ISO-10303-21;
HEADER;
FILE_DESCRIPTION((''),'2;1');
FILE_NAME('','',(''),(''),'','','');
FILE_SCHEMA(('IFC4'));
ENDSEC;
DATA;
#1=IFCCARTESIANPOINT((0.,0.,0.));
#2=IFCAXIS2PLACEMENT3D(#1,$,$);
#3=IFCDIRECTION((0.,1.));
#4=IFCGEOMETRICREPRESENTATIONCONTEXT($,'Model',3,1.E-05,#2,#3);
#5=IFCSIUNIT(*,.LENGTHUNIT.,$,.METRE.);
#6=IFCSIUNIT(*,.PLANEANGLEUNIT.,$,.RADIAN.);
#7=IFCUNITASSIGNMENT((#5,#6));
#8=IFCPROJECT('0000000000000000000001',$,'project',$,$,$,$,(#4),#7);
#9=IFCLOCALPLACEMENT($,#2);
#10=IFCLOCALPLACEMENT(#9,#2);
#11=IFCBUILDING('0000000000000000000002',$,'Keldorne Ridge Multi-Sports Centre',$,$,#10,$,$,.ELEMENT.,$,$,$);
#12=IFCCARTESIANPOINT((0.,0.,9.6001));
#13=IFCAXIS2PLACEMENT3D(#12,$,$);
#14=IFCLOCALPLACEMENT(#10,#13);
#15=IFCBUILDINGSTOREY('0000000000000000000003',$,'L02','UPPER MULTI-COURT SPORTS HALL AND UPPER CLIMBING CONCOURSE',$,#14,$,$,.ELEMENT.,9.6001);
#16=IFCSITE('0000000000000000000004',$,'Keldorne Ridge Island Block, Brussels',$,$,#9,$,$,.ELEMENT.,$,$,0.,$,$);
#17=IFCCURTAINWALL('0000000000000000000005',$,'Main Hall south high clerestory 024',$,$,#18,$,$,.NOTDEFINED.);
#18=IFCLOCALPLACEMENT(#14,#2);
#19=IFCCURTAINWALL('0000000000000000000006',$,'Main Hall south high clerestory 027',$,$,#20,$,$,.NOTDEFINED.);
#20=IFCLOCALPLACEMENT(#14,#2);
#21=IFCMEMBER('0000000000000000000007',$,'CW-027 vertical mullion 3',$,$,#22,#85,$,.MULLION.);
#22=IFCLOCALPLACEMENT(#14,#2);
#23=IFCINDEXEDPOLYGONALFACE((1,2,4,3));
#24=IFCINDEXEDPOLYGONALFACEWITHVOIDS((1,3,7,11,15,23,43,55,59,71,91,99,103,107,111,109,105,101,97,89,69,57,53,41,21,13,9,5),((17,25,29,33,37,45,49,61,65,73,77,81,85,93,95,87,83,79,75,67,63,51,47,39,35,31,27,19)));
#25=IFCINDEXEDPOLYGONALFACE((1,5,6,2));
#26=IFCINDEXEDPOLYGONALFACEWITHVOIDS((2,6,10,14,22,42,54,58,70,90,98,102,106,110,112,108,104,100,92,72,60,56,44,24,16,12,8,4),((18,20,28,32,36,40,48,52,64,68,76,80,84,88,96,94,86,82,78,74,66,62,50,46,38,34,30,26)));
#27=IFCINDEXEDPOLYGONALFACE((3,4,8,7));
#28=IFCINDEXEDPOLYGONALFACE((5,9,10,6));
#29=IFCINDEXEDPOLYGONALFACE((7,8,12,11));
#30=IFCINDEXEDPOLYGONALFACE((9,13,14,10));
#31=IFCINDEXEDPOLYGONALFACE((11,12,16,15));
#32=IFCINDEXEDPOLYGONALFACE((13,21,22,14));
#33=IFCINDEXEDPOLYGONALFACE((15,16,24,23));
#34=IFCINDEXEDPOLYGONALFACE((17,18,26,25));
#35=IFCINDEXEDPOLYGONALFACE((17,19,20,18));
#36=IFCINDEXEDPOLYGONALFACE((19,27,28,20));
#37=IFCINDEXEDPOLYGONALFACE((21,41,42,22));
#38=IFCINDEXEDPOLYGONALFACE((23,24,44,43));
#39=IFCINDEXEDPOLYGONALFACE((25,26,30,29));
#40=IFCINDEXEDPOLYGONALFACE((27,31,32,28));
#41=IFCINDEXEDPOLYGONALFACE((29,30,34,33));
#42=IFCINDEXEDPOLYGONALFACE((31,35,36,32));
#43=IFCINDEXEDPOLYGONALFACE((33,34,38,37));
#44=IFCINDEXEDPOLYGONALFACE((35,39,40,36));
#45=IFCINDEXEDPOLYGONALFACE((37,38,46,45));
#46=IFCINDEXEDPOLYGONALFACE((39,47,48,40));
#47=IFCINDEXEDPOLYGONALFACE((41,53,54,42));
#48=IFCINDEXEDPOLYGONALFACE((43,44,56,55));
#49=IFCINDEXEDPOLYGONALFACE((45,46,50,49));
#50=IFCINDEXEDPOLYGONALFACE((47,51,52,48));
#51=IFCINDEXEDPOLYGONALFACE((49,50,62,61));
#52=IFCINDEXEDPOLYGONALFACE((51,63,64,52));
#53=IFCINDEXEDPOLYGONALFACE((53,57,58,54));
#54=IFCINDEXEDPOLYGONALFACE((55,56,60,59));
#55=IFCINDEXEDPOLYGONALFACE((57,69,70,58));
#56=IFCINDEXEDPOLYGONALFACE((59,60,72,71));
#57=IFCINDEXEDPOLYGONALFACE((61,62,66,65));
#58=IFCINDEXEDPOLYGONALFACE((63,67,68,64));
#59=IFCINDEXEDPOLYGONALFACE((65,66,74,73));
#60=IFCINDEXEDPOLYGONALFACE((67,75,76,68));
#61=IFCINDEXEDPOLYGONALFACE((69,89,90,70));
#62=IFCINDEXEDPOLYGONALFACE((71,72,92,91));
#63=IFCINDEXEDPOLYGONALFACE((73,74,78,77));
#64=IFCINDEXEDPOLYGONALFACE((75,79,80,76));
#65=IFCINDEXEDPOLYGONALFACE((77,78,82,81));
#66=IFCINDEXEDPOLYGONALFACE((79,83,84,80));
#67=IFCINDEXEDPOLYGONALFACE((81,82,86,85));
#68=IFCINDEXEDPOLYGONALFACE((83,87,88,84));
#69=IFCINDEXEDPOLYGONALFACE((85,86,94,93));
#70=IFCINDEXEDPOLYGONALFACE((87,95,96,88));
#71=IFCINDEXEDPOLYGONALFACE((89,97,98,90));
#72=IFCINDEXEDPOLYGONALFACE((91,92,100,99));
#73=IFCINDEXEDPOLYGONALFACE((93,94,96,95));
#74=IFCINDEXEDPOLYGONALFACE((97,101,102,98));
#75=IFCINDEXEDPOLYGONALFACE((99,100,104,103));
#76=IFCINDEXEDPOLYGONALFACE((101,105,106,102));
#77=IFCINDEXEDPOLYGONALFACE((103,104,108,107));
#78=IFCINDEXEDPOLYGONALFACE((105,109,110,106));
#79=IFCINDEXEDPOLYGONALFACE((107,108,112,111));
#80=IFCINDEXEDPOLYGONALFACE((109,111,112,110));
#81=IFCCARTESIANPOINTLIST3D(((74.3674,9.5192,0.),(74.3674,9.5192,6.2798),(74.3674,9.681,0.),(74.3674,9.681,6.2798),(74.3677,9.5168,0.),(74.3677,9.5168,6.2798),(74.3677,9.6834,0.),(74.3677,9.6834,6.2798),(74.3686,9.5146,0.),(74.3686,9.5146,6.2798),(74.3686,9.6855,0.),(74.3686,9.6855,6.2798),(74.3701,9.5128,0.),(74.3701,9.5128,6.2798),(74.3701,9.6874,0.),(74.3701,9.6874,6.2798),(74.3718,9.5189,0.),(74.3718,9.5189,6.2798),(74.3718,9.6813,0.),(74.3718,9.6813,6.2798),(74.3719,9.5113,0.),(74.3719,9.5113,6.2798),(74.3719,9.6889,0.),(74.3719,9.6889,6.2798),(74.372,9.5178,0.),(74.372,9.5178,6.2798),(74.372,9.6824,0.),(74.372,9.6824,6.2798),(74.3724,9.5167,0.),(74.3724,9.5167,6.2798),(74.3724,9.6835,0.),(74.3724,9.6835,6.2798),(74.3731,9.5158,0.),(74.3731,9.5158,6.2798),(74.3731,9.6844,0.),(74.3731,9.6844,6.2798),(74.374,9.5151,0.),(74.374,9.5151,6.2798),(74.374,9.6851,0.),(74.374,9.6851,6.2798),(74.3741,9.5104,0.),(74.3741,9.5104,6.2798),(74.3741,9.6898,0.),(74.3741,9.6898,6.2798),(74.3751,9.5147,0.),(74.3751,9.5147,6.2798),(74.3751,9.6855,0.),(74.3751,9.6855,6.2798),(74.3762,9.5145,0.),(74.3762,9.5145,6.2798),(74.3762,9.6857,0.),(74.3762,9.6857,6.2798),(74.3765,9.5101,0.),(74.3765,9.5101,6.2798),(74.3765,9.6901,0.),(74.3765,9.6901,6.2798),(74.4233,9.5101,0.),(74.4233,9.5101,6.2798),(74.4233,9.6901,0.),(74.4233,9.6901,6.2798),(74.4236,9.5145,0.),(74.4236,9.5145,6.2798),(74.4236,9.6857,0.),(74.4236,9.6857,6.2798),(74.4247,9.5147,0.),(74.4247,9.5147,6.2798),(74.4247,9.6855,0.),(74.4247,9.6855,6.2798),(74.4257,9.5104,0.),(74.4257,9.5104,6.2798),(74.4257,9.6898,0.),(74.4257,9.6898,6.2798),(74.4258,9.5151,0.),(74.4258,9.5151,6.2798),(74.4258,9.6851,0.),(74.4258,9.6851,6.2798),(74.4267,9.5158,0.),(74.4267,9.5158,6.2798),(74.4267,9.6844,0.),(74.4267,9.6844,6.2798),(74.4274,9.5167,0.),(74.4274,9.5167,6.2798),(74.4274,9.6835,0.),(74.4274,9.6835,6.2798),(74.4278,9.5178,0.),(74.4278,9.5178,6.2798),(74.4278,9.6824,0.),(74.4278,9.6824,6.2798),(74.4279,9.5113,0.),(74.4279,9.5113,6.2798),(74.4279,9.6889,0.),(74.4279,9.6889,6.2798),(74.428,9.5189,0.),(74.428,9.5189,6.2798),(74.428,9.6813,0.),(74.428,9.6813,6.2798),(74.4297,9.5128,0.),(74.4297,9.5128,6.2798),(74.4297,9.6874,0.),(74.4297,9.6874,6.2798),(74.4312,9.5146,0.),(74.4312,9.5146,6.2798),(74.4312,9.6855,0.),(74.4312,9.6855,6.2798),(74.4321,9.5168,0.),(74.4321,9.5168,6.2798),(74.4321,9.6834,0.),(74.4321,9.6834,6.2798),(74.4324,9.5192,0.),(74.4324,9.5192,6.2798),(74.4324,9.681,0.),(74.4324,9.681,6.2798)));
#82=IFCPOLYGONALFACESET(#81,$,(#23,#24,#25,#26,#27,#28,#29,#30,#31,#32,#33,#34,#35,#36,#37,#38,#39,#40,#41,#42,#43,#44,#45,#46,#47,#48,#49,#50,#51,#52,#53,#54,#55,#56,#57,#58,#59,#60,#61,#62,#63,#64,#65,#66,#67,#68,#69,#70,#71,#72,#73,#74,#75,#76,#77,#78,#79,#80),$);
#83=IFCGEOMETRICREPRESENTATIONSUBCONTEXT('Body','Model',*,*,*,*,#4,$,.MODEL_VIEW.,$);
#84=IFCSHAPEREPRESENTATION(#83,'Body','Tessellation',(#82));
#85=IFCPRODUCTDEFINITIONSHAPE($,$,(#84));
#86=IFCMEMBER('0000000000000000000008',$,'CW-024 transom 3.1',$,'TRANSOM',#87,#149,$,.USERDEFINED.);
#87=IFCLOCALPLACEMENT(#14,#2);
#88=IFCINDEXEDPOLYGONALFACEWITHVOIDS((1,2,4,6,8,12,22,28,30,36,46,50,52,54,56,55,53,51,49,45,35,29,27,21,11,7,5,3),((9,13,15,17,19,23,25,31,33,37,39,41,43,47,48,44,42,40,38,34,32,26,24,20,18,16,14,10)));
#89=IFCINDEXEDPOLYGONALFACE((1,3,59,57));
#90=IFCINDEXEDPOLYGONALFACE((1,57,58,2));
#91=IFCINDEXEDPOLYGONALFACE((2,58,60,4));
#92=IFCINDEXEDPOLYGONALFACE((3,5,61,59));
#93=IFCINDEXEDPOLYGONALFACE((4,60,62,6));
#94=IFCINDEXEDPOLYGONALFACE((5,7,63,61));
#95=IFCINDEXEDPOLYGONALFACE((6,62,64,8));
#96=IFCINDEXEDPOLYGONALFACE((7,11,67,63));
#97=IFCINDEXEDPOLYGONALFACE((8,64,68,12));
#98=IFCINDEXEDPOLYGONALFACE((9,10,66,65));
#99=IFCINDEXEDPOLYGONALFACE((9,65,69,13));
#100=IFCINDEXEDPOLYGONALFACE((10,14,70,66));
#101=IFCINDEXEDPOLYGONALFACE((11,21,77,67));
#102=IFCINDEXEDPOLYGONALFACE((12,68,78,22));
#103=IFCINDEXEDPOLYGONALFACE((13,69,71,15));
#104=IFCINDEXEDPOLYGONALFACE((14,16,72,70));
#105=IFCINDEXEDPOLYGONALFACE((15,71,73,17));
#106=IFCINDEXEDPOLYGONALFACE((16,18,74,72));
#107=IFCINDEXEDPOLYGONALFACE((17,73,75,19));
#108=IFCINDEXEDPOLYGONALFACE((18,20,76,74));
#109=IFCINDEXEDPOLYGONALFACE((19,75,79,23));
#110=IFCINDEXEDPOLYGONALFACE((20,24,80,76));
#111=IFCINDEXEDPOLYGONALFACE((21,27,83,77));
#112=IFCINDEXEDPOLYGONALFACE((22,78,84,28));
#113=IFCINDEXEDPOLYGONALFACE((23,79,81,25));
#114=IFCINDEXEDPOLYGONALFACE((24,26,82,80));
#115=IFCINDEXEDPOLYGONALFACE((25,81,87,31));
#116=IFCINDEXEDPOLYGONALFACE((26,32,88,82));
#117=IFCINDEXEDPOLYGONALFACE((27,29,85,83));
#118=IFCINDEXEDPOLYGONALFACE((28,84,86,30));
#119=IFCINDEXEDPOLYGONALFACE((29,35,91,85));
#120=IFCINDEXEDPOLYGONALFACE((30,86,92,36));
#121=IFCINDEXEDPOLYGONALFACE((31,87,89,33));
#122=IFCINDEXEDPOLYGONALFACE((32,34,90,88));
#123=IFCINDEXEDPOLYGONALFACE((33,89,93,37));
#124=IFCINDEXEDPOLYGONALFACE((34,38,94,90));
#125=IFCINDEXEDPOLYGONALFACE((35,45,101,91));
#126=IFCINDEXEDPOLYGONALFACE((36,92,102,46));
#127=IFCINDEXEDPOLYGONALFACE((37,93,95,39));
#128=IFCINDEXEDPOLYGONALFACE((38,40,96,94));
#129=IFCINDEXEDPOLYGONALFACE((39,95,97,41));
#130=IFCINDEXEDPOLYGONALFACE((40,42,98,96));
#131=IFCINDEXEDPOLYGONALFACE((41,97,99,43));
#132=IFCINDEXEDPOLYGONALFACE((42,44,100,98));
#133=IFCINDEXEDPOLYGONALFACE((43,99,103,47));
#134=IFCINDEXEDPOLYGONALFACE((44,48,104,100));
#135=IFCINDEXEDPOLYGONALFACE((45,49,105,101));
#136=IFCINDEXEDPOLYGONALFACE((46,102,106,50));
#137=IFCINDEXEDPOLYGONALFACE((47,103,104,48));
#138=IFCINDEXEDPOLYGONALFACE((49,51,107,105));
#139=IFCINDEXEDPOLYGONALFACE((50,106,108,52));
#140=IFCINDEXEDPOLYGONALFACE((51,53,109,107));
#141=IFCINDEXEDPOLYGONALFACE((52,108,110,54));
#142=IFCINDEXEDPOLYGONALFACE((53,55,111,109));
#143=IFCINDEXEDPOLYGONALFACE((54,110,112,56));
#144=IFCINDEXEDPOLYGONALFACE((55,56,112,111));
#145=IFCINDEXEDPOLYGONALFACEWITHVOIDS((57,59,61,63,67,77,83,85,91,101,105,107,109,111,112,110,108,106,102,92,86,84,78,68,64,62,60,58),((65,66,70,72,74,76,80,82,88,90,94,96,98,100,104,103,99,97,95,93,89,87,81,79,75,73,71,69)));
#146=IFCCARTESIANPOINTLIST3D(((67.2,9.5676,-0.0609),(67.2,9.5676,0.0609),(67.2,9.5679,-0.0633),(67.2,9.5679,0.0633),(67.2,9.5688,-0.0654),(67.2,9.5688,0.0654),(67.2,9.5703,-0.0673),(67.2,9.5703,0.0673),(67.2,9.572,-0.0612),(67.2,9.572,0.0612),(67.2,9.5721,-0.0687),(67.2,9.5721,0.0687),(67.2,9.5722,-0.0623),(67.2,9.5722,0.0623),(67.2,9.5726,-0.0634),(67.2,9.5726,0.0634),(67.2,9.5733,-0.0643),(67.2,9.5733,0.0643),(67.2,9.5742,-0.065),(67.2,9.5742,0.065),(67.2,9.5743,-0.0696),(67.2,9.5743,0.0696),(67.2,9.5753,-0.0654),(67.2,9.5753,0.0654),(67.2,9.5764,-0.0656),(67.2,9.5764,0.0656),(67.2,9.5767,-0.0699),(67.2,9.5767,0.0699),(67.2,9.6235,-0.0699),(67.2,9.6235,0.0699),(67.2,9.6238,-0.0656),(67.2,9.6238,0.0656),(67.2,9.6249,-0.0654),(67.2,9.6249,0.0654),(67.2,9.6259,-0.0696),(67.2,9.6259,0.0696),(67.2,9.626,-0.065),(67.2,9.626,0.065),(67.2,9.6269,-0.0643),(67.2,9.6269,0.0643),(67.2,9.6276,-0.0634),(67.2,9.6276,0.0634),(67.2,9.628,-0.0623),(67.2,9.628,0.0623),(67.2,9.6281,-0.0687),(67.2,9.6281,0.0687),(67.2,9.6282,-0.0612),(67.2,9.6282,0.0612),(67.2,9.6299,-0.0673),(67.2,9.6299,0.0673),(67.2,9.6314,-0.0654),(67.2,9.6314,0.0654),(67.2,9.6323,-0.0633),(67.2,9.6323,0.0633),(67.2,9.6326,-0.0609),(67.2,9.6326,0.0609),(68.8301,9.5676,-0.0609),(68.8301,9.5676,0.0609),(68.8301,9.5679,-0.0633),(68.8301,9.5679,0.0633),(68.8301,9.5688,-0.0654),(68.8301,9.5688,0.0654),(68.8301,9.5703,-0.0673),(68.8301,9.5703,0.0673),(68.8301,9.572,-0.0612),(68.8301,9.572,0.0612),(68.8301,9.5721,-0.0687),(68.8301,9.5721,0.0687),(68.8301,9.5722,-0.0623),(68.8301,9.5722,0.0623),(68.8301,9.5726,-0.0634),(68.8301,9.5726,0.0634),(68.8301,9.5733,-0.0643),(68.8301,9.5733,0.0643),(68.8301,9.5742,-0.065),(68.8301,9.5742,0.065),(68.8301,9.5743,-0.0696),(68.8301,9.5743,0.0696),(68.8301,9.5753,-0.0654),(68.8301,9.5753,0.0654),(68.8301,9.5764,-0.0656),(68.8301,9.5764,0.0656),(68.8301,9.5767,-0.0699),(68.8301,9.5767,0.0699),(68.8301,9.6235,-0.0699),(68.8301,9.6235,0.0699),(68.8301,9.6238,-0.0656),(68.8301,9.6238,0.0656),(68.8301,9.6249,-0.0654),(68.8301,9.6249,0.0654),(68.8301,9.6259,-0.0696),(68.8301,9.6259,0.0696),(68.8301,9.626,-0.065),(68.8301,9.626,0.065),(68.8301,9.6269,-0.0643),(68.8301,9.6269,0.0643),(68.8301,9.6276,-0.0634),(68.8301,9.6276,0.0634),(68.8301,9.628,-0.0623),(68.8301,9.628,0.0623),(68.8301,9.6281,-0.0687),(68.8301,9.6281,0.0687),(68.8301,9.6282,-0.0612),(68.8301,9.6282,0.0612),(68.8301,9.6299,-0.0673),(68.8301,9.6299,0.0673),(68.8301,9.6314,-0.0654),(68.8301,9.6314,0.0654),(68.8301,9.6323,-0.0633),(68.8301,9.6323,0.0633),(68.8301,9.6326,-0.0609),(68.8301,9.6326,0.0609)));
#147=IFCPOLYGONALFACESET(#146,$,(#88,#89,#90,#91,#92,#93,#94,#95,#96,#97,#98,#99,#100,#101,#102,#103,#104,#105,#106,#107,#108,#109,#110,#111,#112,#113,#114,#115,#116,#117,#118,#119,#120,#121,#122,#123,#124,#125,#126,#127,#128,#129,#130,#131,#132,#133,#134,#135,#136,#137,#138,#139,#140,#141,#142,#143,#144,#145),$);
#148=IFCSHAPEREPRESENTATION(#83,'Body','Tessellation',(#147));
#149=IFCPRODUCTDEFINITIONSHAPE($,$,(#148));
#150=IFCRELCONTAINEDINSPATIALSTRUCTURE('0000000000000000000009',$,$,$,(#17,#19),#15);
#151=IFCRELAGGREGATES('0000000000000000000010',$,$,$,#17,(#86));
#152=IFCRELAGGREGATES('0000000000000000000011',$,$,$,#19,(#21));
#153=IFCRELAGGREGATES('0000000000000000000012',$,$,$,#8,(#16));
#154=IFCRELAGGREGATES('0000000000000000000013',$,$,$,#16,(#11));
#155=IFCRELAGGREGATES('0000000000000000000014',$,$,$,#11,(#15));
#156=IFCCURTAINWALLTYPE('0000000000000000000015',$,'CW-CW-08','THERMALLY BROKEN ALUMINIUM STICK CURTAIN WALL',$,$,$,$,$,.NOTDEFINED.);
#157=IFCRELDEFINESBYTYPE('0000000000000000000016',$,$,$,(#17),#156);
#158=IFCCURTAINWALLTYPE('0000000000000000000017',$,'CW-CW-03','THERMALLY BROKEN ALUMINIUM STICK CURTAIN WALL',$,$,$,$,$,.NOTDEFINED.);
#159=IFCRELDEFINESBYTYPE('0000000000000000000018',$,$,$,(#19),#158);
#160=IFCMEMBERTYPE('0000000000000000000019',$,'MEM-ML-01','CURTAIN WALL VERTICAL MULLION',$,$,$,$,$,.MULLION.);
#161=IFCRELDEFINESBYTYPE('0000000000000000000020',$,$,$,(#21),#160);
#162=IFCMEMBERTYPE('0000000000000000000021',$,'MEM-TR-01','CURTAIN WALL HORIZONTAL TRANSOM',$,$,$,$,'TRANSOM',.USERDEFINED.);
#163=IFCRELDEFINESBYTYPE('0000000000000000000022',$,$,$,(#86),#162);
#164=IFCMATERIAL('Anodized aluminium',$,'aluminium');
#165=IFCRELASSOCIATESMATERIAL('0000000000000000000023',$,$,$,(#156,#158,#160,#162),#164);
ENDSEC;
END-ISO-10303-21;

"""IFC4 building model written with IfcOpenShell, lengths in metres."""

from ifc_helpers import new_model, si_unit, direction, frame, origin, origin_2d, place, context, subcontext, project, spatial, hollow_rectangle, extrude, material, material_profile, profile_set, type_object, element, aggregate, save


model = new_model("IFC4")

# Units and contexts
model_context = context("Model", 3, precision=1e-05, world=origin(), true_north=direction((0.0, 1.0)))
body_context = subcontext(model_context, "Body", "Model", "MODEL_VIEW")
ifc_project = project(units=[si_unit("LENGTHUNIT", "METRE"), si_unit("PLANEANGLEUNIT", "RADIAN")], contexts=[model_context])

# Site, building, storey
site_placement = place(None, origin())
site = spatial("IfcSite", under=ifc_project, at=site_placement, Name="Keldorne Ridge Island Block, Brussels", CompositionType="ELEMENT", RefElevation=0.0)
building_placement = place(site_placement, origin())
building = spatial("IfcBuilding", under=site, at=building_placement, Name="Keldorne Ridge Multi-Sports Centre", CompositionType="ELEMENT")
storey_placement = place(building_placement, frame((0.0, 0.0, 9.6001)))
storey = spatial("IfcBuildingStorey", under=building, at=storey_placement, Name="L02", Description="UPPER MULTI-COURT SPORTS HALL AND UPPER CLIMBING CONCOURSE", CompositionType="ELEMENT", Elevation=9.6001)

# Curtain walls, member
ifc_material_1 = material(Name="Anodized aluminium", Category="aluminium")
curtain_wall_type_1 = type_object("IfcCurtainWallType", Name="CW-CW-08", Description="THERMALLY BROKEN ALUMINIUM STICK CURTAIN WALL", PredefinedType="NOTDEFINED", material=ifc_material_1)
curtain_wall_1_placement = place(storey_placement, origin())
curtain_wall_1 = element("IfcCurtainWall", 1, at=curtain_wall_1_placement, inside=storey, type_object=curtain_wall_type_1, Name="Main Hall south high clerestory 024", PredefinedType="NOTDEFINED")
ifc_material_profile_1 = material_profile(ifc_material_1, hollow_rectangle(XDim=0.0649, YDim=0.1799, WallThickness=0.0044, InnerFilletRadius=0.0044, OuterFilletRadius=0.009, at=origin_2d()), Name="ALU MULLION 180x65x4.5")
ifc_profile_set_1 = profile_set([ifc_material_profile_1], Name="Anodized aluminium")
member_type_1 = type_object("IfcMemberType", Name="MEM-ML-01", Description="CURTAIN WALL VERTICAL MULLION", PredefinedType="MULLION", material=ifc_profile_set_1)
curtain_wall_type_2 = type_object("IfcCurtainWallType", Name="CW-CW-03", Description="THERMALLY BROKEN ALUMINIUM STICK CURTAIN WALL", PredefinedType="NOTDEFINED", material=ifc_material_1)
curtain_wall_2_placement = place(storey_placement, origin())
curtain_wall_2 = element("IfcCurtainWall", 2, at=curtain_wall_2_placement, inside=storey, type_object=curtain_wall_type_2, Name="Main Hall south high clerestory 027", PredefinedType="NOTDEFINED")
member_1_placement = place(storey_placement, frame((74.3999, 9.6001, 0.0), z_axis=(0.0, 0.0, 1.0), x_axis=(1.0, 0.0, 0.0)))
member_1 = element("IfcMember", 3, at=member_1_placement, type_object=member_type_1, Name="CW-027 vertical mullion 3", PredefinedType="MULLION", context=body_context, shape_type="SweptSolid", body=[
    extrude(hollow_rectangle(XDim=0.0649, YDim=0.1799, WallThickness=0.0044, InnerFilletRadius=0.0044, OuterFilletRadius=0.009, at=origin_2d()), origin(), (0.0, 0.0, 1.0), 6.2798),
])

# Member
ifc_material_profile_2 = material_profile(ifc_material_1, hollow_rectangle(XDim=0.0649, YDim=0.1399, WallThickness=0.0044, InnerFilletRadius=0.0044, OuterFilletRadius=0.009, at=origin_2d()), Name="ALU TRANSOM 140x65x4.5")
ifc_profile_set_2 = profile_set([ifc_material_profile_2], Name="Anodized aluminium")
member_type_2 = type_object("IfcMemberType", Name="MEM-TR-01", Description="CURTAIN WALL HORIZONTAL TRANSOM", ElementType="TRANSOM", PredefinedType="USERDEFINED", material=ifc_profile_set_2)
member_2_placement = place(storey_placement, frame((67.2, 9.6001, 0.0), z_axis=(1.0, 0.0, 0.0), x_axis=(0.0, 1.0, 0.0)))
member_2 = element("IfcMember", 4, at=member_2_placement, type_object=member_type_2, Name="CW-024 transom 3.1", ObjectType="TRANSOM", PredefinedType="USERDEFINED", context=body_context, shape_type="SweptSolid", body=[
    extrude(hollow_rectangle(XDim=0.0649, YDim=0.1399, WallThickness=0.0044, InnerFilletRadius=0.0044, OuterFilletRadius=0.009, at=origin_2d()), origin(), (0.0, 0.0, 1.0), 1.6301),
])

aggregate(curtain_wall_1, [member_2])
aggregate(curtain_wall_2, [member_1])

save(model, "model.ifc")
